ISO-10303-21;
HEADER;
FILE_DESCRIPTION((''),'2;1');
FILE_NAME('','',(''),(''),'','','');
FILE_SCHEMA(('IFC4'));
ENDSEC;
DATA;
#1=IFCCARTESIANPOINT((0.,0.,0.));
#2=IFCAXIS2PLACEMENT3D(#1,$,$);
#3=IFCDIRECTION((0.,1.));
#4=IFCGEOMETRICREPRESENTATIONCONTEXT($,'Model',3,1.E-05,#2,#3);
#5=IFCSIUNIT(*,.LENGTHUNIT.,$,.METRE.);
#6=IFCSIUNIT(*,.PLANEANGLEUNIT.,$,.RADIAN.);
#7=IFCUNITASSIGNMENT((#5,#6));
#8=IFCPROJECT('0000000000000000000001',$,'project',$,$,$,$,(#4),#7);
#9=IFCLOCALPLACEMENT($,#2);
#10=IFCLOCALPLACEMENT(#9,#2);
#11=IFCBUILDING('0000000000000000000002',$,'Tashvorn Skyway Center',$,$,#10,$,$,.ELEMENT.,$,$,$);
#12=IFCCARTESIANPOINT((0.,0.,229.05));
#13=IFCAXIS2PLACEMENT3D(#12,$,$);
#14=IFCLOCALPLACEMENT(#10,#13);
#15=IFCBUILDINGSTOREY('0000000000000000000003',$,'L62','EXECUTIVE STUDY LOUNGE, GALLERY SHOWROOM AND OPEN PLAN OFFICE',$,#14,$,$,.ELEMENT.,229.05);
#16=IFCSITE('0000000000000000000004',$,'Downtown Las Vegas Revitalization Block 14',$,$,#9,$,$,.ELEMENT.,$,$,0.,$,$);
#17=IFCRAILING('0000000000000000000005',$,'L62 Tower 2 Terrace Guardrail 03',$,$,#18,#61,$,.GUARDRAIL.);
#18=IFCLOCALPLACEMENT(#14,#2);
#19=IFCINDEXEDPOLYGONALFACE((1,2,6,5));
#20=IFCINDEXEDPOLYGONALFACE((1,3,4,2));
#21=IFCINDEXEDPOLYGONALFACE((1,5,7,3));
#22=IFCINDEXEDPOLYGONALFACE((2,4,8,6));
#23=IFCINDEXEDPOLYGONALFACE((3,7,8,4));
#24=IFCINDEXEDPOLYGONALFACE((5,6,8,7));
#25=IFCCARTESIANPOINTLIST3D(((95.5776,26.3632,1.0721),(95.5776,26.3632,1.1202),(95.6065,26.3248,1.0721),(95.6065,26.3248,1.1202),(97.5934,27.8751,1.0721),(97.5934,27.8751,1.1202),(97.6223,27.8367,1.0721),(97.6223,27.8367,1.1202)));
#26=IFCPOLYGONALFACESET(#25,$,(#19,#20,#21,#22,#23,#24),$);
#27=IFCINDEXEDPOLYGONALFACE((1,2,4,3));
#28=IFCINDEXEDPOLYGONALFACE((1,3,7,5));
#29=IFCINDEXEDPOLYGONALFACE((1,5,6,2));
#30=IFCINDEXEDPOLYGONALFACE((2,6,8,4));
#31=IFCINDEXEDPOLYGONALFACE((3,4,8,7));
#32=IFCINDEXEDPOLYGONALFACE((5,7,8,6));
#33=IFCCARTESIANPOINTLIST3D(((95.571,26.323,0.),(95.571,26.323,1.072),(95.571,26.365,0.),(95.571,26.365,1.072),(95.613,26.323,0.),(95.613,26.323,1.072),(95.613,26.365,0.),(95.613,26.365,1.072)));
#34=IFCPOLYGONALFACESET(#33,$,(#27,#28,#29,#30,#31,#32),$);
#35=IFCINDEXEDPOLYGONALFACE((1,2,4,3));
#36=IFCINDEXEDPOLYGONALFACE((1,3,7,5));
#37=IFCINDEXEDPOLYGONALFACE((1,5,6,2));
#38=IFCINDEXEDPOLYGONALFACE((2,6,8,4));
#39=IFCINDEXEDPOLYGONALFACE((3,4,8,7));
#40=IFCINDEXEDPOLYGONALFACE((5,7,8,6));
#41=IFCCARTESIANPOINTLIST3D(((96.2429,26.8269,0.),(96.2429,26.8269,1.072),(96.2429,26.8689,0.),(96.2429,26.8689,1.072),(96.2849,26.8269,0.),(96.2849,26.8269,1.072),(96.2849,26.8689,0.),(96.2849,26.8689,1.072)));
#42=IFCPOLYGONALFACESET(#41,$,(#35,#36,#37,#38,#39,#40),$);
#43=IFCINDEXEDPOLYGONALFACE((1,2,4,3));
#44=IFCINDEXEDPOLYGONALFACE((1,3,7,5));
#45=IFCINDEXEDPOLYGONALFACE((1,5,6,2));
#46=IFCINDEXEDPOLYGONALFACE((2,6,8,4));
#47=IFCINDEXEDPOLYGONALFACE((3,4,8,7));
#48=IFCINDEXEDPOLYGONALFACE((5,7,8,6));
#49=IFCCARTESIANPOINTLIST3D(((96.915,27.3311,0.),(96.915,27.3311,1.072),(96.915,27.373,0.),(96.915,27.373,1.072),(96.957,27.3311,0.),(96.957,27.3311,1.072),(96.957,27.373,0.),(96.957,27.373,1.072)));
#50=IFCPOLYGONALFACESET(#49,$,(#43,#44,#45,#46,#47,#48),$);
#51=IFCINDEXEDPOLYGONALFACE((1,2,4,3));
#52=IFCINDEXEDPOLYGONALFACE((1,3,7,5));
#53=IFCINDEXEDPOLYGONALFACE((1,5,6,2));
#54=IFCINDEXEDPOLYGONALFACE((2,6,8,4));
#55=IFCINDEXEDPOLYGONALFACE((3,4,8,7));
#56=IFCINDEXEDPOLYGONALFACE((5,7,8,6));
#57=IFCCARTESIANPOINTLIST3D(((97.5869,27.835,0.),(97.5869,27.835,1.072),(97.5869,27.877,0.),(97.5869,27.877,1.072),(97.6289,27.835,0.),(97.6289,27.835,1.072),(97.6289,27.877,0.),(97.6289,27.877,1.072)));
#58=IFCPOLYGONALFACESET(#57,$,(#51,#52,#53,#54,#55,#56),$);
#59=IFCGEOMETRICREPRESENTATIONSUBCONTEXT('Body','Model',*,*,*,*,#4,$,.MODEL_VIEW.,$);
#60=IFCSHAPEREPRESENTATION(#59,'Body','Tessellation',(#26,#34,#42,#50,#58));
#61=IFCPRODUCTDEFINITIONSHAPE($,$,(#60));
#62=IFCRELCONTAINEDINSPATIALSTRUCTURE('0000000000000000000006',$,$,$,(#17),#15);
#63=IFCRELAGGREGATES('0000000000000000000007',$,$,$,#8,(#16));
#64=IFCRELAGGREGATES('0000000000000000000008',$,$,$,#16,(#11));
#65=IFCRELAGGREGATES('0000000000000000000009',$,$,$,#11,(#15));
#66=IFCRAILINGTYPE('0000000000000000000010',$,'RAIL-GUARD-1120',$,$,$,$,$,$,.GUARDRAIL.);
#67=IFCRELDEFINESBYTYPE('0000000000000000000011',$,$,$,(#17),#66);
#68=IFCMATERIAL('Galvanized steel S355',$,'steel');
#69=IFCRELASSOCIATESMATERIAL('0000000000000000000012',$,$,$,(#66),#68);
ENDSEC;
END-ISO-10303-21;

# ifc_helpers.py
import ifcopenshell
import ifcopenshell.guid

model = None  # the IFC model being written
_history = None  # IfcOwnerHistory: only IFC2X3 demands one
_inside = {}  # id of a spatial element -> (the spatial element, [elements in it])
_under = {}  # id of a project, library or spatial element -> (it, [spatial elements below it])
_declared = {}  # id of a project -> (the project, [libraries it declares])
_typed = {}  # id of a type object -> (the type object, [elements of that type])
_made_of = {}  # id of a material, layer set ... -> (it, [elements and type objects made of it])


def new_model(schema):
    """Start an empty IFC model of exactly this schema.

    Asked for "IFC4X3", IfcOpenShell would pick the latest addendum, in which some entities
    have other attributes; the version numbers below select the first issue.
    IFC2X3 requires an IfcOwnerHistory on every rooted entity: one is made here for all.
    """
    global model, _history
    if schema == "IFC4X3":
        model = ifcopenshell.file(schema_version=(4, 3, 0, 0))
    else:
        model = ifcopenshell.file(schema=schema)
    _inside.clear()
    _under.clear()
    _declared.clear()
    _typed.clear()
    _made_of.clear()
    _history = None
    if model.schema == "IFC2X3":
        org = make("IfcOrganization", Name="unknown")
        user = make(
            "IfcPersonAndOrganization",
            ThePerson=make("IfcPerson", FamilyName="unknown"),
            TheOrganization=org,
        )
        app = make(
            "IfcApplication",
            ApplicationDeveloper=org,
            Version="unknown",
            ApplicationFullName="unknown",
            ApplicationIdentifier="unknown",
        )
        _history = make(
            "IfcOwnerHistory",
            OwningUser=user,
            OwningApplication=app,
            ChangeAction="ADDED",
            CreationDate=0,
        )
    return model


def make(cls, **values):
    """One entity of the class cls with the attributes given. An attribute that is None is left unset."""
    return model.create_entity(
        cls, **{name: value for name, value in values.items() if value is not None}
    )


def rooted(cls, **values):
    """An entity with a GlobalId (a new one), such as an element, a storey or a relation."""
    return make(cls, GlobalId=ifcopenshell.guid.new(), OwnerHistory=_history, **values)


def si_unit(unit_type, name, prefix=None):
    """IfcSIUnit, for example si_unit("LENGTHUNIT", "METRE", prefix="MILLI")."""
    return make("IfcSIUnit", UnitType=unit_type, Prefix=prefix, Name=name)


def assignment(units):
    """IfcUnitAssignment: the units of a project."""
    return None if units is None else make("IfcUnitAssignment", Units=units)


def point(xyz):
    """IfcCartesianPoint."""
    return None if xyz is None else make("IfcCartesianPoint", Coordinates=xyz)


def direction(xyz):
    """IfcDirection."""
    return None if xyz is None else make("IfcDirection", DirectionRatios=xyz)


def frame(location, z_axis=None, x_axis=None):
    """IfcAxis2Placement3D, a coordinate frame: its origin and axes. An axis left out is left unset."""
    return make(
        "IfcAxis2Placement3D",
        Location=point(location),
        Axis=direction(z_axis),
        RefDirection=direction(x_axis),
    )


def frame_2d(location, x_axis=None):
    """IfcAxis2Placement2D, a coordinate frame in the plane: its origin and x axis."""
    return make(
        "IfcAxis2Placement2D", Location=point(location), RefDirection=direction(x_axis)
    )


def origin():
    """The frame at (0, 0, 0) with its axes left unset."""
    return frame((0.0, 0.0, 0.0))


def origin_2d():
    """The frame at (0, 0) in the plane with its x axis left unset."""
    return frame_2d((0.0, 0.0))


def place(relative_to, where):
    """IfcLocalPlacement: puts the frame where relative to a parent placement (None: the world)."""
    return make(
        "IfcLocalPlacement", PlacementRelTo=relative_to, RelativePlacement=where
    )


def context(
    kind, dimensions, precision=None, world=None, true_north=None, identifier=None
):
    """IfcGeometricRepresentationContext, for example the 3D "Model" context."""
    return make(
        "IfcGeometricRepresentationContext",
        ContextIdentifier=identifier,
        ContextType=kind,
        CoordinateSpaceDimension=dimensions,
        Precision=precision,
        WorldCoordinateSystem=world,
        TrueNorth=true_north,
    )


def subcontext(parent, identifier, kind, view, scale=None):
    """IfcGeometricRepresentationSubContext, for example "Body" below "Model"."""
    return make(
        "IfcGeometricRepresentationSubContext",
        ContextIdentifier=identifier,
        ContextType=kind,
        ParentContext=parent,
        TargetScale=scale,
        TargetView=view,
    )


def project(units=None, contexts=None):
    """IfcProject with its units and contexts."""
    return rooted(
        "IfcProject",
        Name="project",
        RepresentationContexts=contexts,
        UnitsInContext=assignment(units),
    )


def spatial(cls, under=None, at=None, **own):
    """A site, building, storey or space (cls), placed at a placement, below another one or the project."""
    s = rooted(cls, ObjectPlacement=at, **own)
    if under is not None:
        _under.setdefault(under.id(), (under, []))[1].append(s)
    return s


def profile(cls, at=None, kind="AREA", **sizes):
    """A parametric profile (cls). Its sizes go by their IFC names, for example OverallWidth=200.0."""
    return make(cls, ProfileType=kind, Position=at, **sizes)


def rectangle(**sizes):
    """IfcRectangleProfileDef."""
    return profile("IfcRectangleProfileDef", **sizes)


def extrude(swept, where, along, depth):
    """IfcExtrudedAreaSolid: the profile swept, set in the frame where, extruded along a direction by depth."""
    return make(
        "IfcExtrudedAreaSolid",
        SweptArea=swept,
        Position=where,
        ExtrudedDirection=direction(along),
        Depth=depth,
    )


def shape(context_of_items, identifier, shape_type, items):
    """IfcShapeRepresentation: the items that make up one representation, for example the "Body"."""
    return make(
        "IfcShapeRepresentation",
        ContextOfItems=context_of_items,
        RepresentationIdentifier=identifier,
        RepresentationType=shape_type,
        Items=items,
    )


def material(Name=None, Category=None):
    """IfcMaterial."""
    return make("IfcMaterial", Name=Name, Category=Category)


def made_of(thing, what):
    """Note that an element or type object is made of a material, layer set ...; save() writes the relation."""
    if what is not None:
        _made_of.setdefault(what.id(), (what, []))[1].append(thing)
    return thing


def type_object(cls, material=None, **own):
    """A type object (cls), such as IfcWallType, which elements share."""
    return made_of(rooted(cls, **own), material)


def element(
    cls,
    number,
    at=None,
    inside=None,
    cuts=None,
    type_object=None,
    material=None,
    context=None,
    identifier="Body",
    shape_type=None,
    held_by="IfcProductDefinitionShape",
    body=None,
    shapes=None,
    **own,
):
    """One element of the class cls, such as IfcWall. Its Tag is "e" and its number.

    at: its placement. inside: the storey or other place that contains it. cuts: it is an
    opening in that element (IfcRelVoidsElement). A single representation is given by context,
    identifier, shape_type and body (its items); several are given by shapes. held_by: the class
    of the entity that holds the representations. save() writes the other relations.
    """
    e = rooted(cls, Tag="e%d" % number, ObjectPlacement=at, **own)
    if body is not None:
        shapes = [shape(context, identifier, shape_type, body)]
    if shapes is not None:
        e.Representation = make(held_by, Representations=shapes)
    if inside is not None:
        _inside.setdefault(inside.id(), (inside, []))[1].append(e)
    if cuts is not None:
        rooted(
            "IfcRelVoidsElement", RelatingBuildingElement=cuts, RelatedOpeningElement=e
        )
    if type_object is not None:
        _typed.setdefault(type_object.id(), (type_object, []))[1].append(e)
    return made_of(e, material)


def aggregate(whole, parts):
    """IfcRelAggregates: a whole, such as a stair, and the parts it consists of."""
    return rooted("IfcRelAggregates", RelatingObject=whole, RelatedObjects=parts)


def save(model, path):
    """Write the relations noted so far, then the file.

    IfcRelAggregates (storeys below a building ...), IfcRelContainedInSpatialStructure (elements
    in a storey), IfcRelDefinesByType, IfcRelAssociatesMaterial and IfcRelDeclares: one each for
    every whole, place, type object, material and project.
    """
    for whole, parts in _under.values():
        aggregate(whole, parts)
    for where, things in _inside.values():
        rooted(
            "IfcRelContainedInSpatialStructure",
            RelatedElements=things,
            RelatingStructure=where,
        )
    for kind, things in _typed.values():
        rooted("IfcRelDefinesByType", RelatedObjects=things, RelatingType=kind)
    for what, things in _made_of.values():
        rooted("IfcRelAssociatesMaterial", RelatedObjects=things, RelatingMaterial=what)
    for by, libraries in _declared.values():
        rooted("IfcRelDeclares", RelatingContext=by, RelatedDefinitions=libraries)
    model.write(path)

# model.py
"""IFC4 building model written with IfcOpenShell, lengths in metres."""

from ifc_helpers import new_model, si_unit, direction, frame, origin, origin_2d, place, context, subcontext, project, spatial, rectangle, extrude, material, type_object, element, save


model = new_model("IFC4")

# Units and contexts
model_context = context("Model", 3, precision=1e-05, world=origin(), true_north=direction((0.0, 1.0)))
body_context = subcontext(model_context, "Body", "Model", "MODEL_VIEW")
ifc_project = project(units=[si_unit("LENGTHUNIT", "METRE"), si_unit("PLANEANGLEUNIT", "RADIAN")], contexts=[model_context])

# Site, building, storey
site_placement = place(None, origin())
site = spatial("IfcSite", under=ifc_project, at=site_placement, Name="Downtown Las Vegas Revitalization Block 14", CompositionType="ELEMENT", RefElevation=0.0)
building_placement = place(site_placement, origin())
building = spatial("IfcBuilding", under=site, at=building_placement, Name="Tashvorn Skyway Center", CompositionType="ELEMENT")
storey_placement = place(building_placement, frame((0.0, 0.0, 229.05)))
storey = spatial("IfcBuildingStorey", under=building, at=storey_placement, Name="L62", Description="EXECUTIVE STUDY LOUNGE, GALLERY SHOWROOM AND OPEN PLAN OFFICE", CompositionType="ELEMENT", Elevation=229.05)

# Railing
ifc_material_1 = material(Name="Galvanized steel S355", Category="steel")
railing_type = type_object("IfcRailingType", Name="RAIL-GUARD-1120", PredefinedType="GUARDRAIL", material=ifc_material_1)
railing_placement = place(storey_placement, frame((95.592, 26.344, 0.0)))
element("IfcRailing", 1, at=railing_placement, inside=storey, type_object=railing_type, Name="L62 Tower 2 Terrace Guardrail 03", PredefinedType="GUARDRAIL", context=body_context, shape_type="SweptSolid", body=[
    extrude(rectangle(XDim=0.0481, YDim=0.0481, at=origin_2d()), frame((0.0, 0.0, 1.0962), z_axis=(0.799988, 0.600016, 0.0), x_axis=(-0.600016, 0.799988, 0.0)), (0.0, 0.0, 1.0), 2.5198),
    extrude(rectangle(XDim=0.042, YDim=0.042, at=origin_2d()), origin(), (0.0, 0.0, 1.0), 1.072),
    extrude(rectangle(XDim=0.042, YDim=0.042, at=origin_2d()), frame((0.6719, 0.5039, 0.0)), (0.0, 0.0, 1.0), 1.072),
    extrude(rectangle(XDim=0.042, YDim=0.042, at=origin_2d()), frame((1.344, 1.0081, 0.0)), (0.0, 0.0, 1.0), 1.072),
    extrude(rectangle(XDim=0.042, YDim=0.042, at=origin_2d()), frame((2.0159, 1.512, 0.0)), (0.0, 0.0, 1.0), 1.072),
])

save(model, "model.ifc")
